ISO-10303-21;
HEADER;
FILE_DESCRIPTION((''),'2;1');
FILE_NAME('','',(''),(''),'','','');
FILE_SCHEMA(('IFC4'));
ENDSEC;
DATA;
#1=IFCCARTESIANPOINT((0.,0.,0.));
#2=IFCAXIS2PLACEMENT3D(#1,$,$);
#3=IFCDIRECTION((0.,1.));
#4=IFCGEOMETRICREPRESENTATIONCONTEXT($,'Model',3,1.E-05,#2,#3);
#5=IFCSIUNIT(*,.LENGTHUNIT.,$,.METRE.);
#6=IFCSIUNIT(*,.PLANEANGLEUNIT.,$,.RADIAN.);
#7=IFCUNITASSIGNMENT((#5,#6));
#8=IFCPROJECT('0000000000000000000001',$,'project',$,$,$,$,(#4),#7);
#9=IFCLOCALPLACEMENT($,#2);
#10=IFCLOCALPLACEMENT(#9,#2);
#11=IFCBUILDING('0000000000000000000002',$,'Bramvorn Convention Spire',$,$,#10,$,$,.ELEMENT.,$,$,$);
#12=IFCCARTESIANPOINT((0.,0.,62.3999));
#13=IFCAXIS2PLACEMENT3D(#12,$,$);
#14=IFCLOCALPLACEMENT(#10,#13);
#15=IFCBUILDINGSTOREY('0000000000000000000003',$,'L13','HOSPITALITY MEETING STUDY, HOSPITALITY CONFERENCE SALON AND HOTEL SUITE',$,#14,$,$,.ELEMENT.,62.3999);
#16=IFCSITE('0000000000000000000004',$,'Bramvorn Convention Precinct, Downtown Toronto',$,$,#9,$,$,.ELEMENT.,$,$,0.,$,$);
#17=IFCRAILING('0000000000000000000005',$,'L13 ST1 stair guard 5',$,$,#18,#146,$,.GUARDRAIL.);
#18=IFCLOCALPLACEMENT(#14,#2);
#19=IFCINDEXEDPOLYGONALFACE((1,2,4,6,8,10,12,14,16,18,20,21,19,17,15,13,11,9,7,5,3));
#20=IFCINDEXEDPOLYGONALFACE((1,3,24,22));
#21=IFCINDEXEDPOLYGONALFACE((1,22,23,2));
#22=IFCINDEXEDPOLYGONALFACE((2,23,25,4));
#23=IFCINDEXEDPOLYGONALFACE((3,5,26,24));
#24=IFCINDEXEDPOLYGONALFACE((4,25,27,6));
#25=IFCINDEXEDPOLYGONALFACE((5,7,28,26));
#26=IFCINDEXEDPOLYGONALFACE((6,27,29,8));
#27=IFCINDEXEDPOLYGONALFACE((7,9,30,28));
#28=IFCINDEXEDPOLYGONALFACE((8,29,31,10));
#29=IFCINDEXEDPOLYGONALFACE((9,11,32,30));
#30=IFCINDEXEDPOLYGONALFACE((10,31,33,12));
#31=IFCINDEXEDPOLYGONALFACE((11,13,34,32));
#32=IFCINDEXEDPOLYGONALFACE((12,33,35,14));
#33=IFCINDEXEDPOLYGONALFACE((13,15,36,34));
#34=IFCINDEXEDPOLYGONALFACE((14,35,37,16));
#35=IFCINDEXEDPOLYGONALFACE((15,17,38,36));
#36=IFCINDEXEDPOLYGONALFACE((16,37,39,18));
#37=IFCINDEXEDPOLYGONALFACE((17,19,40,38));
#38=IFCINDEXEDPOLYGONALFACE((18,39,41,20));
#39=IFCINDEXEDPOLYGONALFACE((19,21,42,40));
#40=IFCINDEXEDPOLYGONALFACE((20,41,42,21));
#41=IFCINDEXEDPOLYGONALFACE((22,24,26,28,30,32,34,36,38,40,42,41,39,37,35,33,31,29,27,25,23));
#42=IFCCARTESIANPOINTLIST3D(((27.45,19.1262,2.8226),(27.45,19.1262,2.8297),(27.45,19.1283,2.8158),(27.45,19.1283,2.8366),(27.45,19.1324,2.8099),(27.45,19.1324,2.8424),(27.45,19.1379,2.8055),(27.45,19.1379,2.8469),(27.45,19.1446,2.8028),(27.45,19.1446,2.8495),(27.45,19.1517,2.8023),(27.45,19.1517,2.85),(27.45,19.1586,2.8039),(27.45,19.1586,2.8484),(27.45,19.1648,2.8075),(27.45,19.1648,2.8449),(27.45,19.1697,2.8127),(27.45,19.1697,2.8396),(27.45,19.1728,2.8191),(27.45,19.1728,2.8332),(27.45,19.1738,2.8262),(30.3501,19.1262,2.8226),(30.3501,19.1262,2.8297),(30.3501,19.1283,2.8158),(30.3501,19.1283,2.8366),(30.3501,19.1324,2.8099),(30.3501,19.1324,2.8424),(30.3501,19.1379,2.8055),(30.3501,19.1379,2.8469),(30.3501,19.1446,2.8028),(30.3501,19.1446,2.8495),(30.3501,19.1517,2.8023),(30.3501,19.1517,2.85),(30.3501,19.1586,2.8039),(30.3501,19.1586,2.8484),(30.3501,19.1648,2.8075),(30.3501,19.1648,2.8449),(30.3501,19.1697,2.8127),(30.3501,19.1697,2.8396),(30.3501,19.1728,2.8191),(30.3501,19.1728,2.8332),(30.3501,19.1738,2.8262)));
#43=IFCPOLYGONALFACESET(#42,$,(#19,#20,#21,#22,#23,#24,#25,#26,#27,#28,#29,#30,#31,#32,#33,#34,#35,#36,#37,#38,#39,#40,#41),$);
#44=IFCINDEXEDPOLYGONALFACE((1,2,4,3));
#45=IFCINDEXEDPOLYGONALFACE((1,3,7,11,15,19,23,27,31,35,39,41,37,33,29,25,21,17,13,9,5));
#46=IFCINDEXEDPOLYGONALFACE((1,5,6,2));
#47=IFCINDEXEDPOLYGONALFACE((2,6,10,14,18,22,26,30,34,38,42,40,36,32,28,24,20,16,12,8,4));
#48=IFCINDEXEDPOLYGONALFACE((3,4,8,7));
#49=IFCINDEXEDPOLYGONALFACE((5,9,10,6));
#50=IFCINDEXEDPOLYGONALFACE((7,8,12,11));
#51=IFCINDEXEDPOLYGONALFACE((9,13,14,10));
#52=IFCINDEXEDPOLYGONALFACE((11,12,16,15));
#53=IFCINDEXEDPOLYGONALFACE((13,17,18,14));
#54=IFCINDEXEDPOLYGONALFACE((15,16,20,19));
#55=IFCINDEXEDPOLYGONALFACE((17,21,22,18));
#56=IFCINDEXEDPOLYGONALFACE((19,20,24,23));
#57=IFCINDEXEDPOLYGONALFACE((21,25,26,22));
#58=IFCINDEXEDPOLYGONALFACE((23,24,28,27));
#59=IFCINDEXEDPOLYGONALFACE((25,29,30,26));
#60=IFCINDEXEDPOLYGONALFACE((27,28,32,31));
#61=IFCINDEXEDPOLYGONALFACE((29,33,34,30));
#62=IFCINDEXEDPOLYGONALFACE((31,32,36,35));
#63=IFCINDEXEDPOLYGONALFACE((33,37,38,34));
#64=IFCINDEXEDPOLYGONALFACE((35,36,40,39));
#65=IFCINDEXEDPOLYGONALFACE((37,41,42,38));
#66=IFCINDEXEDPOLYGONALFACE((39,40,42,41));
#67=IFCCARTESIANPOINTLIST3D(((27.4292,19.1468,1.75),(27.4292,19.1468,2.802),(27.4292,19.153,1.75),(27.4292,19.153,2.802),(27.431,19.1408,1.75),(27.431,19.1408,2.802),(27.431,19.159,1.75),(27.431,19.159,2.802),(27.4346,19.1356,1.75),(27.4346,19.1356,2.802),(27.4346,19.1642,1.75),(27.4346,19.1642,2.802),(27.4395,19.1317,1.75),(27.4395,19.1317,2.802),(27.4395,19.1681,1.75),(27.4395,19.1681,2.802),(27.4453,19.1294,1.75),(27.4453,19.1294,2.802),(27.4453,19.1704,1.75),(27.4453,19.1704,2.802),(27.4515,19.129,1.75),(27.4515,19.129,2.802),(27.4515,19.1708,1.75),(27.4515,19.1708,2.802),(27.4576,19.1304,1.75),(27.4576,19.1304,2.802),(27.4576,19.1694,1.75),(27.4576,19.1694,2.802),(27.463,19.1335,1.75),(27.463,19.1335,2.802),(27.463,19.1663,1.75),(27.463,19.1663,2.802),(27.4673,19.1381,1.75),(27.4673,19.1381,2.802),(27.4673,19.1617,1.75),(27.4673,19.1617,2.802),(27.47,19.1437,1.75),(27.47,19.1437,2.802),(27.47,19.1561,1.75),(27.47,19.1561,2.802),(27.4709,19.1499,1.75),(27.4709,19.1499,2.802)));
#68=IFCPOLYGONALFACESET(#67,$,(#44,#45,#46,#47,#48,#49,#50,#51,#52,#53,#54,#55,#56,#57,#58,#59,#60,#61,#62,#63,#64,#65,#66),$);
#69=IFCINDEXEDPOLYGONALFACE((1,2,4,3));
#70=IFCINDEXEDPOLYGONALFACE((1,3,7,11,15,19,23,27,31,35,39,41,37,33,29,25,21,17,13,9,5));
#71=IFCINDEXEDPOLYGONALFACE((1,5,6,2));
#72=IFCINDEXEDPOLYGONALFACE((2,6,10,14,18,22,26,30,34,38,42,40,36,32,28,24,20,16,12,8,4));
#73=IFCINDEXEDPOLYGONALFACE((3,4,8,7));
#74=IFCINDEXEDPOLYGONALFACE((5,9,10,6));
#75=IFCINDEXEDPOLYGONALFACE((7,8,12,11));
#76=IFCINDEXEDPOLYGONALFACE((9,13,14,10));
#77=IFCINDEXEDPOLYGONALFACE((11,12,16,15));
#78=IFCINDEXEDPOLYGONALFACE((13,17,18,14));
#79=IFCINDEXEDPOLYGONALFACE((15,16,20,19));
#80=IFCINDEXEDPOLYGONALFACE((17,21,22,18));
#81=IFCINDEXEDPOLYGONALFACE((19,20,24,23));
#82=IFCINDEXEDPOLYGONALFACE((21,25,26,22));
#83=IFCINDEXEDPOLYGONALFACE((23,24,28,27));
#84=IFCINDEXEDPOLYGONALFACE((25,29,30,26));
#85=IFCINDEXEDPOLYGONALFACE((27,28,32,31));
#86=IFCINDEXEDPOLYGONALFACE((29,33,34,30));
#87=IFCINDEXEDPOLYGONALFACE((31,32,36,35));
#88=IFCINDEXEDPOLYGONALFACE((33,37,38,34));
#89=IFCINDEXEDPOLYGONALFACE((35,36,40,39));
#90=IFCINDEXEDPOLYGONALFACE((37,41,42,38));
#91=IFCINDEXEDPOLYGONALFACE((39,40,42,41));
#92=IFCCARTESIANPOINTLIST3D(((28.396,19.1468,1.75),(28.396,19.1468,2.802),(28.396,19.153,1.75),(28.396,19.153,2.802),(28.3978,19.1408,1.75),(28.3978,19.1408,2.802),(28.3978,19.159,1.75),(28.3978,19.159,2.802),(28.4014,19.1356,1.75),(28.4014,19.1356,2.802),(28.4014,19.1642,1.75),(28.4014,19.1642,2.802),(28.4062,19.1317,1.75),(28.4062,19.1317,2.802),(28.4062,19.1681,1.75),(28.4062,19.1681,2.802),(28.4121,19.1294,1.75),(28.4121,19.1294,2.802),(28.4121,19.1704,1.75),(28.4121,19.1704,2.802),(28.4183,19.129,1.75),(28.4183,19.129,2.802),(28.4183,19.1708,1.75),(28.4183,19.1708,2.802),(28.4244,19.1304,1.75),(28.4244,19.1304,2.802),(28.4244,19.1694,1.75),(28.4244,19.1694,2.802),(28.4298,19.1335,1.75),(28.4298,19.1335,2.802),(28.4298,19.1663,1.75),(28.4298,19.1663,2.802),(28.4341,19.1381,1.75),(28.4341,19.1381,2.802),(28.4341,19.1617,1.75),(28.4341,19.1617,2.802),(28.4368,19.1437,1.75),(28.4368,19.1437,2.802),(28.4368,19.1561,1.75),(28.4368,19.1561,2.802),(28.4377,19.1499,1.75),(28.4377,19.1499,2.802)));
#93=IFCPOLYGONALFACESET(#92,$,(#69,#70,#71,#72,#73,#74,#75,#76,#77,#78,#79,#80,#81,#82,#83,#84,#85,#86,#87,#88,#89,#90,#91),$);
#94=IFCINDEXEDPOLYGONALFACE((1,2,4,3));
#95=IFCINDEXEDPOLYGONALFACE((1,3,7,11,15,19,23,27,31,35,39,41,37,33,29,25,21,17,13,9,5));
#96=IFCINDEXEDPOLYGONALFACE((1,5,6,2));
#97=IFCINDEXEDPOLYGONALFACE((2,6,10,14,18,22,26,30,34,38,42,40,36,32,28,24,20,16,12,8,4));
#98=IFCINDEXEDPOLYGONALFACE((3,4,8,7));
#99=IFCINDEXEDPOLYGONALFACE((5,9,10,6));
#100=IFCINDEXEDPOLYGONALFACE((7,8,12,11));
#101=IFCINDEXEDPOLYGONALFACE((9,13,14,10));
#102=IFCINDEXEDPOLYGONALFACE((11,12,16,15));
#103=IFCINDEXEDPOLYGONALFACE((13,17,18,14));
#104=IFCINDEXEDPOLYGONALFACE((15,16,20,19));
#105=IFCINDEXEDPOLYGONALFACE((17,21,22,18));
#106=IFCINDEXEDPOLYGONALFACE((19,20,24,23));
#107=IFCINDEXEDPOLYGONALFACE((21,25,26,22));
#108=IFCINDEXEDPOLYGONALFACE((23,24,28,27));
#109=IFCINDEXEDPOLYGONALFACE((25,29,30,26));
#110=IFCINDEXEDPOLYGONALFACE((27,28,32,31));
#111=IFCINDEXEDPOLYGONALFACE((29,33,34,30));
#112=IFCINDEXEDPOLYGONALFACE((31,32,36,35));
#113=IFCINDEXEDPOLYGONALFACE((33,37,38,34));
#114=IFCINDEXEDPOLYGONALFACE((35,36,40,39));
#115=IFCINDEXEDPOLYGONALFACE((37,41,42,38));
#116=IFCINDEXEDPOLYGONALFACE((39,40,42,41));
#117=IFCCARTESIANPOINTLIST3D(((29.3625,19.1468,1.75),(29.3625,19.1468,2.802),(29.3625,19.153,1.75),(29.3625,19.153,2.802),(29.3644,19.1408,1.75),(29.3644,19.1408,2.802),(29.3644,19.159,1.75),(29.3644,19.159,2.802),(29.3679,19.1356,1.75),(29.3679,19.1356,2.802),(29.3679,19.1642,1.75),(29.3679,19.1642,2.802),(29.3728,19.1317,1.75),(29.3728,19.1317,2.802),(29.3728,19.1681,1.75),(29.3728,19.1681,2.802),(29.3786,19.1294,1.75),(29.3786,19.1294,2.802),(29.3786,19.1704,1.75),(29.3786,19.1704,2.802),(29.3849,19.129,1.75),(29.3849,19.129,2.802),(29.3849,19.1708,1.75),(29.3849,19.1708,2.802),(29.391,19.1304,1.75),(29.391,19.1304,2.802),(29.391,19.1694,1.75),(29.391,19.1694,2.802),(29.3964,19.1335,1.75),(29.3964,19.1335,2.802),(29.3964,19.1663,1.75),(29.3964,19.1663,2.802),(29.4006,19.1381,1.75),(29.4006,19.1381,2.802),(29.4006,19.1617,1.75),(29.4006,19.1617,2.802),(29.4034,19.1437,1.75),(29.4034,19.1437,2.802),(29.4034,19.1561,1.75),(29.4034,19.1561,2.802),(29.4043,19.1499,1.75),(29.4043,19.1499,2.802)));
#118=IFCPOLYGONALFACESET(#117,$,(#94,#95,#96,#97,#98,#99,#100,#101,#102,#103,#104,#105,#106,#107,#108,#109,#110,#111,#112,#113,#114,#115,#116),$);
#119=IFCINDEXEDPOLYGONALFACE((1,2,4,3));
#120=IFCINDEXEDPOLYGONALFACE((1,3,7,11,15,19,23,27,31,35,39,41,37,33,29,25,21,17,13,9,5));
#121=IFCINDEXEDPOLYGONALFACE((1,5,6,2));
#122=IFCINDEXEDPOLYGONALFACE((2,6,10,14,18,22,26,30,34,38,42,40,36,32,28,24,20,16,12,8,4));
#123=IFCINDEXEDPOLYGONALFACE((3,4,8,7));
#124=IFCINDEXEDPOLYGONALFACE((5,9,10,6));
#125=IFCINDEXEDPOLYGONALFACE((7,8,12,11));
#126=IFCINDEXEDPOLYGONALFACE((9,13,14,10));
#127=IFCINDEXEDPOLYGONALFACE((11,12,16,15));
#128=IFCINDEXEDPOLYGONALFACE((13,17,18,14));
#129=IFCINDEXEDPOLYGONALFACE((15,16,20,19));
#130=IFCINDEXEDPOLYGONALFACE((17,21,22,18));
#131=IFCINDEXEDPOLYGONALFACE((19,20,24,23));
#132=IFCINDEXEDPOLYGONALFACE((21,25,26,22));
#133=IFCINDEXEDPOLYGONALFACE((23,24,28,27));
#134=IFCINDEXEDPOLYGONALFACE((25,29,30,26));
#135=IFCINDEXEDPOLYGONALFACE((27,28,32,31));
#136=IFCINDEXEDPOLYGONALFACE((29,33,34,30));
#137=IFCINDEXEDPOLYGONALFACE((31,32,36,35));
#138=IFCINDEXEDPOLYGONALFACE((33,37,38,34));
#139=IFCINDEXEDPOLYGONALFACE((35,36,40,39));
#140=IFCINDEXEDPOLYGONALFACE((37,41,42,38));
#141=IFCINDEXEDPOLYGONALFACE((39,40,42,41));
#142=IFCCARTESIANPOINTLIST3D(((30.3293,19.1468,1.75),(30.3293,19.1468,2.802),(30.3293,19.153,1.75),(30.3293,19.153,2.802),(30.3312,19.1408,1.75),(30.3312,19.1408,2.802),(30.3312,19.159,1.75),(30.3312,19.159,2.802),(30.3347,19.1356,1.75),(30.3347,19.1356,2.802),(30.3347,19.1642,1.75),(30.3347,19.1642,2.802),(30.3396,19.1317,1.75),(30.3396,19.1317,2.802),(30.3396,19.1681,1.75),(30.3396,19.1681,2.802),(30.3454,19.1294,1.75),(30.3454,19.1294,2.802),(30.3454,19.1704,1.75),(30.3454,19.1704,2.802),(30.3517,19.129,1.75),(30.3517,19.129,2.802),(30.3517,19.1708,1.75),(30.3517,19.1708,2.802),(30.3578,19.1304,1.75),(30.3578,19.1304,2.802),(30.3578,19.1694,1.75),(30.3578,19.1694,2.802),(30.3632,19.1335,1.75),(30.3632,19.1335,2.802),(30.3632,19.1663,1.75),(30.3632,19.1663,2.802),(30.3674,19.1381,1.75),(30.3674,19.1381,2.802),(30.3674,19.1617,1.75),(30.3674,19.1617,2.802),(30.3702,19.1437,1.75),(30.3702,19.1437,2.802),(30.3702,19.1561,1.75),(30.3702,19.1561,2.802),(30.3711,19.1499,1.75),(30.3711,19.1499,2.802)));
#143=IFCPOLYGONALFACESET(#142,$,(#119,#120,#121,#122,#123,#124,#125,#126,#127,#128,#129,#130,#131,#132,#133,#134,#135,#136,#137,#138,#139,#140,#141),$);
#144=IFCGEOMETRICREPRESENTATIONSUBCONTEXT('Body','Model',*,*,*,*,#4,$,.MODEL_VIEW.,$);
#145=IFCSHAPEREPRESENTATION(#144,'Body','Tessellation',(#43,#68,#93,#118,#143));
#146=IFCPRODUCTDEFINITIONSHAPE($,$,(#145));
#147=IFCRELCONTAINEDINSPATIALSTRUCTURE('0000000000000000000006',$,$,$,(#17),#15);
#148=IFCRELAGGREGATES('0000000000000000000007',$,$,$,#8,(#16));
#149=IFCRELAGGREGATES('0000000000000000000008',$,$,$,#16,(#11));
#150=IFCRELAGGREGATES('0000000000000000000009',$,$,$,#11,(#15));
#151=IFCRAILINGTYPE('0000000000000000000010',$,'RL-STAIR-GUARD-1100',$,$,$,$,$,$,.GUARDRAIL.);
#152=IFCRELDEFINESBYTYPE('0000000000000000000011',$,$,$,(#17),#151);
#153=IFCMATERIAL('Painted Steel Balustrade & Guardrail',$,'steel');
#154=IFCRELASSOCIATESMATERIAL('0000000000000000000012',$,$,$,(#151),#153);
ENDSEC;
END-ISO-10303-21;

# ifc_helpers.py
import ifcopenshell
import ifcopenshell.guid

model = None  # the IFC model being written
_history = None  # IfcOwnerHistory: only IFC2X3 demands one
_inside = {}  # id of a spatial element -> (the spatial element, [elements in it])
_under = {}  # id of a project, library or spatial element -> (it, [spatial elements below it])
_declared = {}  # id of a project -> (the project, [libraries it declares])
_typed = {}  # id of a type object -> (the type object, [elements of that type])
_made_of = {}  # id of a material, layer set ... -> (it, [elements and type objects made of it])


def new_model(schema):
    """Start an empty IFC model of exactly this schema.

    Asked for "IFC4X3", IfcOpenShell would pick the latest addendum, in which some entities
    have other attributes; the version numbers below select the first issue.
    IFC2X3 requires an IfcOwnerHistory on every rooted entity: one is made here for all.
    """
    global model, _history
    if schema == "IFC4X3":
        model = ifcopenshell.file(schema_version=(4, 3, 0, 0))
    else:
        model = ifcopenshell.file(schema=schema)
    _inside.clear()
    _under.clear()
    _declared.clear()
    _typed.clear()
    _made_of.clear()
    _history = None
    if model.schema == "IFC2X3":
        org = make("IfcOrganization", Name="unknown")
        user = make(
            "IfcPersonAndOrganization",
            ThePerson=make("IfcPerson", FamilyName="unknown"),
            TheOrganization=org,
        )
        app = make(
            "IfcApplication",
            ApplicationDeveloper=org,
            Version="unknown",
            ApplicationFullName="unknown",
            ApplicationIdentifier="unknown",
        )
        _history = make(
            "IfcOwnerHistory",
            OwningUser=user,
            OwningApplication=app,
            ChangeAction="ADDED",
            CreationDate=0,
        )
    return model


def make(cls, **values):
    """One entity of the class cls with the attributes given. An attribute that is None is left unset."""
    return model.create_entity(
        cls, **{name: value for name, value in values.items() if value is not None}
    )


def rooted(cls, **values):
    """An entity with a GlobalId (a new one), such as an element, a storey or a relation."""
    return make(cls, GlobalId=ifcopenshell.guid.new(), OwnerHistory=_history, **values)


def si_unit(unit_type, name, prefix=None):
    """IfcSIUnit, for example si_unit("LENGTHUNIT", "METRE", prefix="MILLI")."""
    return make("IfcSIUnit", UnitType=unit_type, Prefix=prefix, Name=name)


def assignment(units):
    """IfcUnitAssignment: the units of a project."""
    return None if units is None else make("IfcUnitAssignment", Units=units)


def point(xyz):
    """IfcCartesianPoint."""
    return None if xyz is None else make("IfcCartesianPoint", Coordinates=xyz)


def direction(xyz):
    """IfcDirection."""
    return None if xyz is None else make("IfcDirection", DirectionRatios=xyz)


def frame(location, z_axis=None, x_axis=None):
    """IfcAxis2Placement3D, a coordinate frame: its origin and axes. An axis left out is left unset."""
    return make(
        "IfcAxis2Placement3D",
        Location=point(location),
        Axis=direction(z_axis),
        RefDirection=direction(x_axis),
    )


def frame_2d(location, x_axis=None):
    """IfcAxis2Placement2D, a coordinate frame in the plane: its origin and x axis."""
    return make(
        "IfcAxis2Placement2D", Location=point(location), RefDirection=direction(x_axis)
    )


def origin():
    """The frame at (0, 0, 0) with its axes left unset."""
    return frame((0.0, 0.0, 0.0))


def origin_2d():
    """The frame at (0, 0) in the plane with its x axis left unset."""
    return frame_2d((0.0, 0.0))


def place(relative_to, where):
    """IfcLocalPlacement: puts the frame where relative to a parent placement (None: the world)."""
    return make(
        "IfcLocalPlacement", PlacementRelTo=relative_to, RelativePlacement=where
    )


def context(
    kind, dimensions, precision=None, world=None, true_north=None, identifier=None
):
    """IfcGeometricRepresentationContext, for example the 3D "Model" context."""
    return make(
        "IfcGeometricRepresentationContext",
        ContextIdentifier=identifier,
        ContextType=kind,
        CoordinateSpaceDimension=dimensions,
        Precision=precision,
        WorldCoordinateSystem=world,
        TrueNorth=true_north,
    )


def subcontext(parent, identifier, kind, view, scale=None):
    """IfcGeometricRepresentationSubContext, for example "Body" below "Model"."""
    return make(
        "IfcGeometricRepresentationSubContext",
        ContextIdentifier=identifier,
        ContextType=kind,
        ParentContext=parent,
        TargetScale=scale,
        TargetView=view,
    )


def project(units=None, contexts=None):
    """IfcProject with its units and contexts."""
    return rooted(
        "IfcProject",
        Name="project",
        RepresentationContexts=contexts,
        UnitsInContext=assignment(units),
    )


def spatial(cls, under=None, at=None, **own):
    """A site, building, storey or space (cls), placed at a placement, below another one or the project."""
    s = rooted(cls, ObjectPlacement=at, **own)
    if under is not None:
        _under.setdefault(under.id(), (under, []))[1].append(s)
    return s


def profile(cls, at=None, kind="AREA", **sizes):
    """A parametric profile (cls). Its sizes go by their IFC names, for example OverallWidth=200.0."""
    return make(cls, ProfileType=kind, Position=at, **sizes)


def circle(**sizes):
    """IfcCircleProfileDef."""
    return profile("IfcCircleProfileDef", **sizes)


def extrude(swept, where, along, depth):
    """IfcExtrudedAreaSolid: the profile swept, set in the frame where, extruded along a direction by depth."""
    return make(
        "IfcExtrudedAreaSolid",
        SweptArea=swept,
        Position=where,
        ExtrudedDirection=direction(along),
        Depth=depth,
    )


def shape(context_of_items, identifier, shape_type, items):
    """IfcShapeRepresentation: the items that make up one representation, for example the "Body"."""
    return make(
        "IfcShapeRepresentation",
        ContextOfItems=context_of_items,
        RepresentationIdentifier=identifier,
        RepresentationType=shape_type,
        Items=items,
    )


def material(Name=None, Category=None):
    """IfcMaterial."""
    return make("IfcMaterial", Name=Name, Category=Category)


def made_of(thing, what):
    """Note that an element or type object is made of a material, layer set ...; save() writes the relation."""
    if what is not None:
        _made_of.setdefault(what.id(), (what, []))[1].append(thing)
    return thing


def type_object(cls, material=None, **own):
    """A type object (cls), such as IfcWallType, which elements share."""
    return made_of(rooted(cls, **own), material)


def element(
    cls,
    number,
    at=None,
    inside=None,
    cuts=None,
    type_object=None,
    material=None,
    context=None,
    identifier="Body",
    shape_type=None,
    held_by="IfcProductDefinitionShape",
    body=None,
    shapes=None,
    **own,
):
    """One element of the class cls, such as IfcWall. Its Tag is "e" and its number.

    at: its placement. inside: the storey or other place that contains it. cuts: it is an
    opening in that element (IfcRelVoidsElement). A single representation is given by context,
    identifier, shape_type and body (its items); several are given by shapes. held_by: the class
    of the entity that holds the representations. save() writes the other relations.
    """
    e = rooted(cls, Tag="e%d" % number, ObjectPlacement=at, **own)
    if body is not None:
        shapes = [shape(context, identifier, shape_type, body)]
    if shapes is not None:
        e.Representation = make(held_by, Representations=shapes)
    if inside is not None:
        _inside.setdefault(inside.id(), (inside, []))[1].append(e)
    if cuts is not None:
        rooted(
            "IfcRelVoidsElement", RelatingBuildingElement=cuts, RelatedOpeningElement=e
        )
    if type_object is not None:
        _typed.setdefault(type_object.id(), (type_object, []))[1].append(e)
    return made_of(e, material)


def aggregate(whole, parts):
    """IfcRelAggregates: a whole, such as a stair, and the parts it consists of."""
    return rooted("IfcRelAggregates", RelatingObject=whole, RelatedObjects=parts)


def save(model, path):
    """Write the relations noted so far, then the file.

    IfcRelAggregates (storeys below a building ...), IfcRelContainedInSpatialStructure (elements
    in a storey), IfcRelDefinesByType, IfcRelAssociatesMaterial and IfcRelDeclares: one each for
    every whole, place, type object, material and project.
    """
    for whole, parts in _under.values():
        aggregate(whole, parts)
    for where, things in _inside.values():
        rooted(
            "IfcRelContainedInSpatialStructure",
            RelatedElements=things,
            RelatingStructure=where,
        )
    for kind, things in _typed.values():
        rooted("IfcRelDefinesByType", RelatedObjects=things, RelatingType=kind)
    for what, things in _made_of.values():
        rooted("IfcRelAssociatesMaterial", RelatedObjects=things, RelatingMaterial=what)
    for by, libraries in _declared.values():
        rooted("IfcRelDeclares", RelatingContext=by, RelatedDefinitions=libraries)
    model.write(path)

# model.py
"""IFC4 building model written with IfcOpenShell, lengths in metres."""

from ifc_helpers import new_model, si_unit, direction, frame, origin, origin_2d, place, context, subcontext, project, spatial, circle, extrude, material, type_object, element, save


model = new_model("IFC4")

# Units and contexts
model_context = context("Model", 3, precision=1e-05, world=origin(), true_north=direction((0.0, 1.0)))
body_context = subcontext(model_context, "Body", "Model", "MODEL_VIEW")
ifc_project = project(units=[si_unit("LENGTHUNIT", "METRE"), si_unit("PLANEANGLEUNIT", "RADIAN")], contexts=[model_context])

# Site, building, storey
site_placement = place(None, origin())
site = spatial("IfcSite", under=ifc_project, at=site_placement, Name="Bramvorn Convention Precinct, Downtown Toronto", CompositionType="ELEMENT", RefElevation=0.0)
building_placement = place(site_placement, origin())
building = spatial("IfcBuilding", under=site, at=building_placement, Name="Bramvorn Convention Spire", CompositionType="ELEMENT")
storey_placement = place(building_placement, frame((0.0, 0.0, 62.3999)))
storey = spatial("IfcBuildingStorey", under=building, at=storey_placement, Name="L13", Description="HOSPITALITY MEETING STUDY, HOSPITALITY CONFERENCE SALON AND HOTEL SUITE", CompositionType="ELEMENT", Elevation=62.3999)

# Railing
ifc_material_1 = material(Name="Painted Steel Balustrade & Guardrail", Category="steel")
railing_type_1 = type_object("IfcRailingType", Name="RL-STAIR-GUARD-1100", PredefinedType="GUARDRAIL", material=ifc_material_1)
railing_1_placement = place(storey_placement, frame((27.45, 19.1499, 1.75)))
element("IfcRailing", 1, at=railing_1_placement, inside=storey, type_object=railing_type_1, Name="L13 ST1 stair guard 5", PredefinedType="GUARDRAIL", context=body_context, shape_type="SweptSolid", body=[
    extrude(circle(Radius=0.0239, at=origin_2d()), frame((0.0, 0.0, 1.0762), z_axis=(1.0, 0.0, 0.0), x_axis=(0.0, 1.0, 0.0)), (0.0, 0.0, 1.0), 2.9001),
    extrude(circle(Radius=0.021, at=origin_2d()), origin(), (0.0, 0.0, 1.0), 1.052),
    extrude(circle(Radius=0.021, at=origin_2d()), frame((0.9668, 0.0, 0.0)), (0.0, 0.0, 1.0), 1.052),
    extrude(circle(Radius=0.021, at=origin_2d()), frame((1.9333, 0.0, 0.0)), (0.0, 0.0, 1.0), 1.052),
    extrude(circle(Radius=0.021, at=origin_2d()), frame((2.9001, 0.0, 0.0)), (0.0, 0.0, 1.0), 1.052),
])

save(model, "model.ifc")
